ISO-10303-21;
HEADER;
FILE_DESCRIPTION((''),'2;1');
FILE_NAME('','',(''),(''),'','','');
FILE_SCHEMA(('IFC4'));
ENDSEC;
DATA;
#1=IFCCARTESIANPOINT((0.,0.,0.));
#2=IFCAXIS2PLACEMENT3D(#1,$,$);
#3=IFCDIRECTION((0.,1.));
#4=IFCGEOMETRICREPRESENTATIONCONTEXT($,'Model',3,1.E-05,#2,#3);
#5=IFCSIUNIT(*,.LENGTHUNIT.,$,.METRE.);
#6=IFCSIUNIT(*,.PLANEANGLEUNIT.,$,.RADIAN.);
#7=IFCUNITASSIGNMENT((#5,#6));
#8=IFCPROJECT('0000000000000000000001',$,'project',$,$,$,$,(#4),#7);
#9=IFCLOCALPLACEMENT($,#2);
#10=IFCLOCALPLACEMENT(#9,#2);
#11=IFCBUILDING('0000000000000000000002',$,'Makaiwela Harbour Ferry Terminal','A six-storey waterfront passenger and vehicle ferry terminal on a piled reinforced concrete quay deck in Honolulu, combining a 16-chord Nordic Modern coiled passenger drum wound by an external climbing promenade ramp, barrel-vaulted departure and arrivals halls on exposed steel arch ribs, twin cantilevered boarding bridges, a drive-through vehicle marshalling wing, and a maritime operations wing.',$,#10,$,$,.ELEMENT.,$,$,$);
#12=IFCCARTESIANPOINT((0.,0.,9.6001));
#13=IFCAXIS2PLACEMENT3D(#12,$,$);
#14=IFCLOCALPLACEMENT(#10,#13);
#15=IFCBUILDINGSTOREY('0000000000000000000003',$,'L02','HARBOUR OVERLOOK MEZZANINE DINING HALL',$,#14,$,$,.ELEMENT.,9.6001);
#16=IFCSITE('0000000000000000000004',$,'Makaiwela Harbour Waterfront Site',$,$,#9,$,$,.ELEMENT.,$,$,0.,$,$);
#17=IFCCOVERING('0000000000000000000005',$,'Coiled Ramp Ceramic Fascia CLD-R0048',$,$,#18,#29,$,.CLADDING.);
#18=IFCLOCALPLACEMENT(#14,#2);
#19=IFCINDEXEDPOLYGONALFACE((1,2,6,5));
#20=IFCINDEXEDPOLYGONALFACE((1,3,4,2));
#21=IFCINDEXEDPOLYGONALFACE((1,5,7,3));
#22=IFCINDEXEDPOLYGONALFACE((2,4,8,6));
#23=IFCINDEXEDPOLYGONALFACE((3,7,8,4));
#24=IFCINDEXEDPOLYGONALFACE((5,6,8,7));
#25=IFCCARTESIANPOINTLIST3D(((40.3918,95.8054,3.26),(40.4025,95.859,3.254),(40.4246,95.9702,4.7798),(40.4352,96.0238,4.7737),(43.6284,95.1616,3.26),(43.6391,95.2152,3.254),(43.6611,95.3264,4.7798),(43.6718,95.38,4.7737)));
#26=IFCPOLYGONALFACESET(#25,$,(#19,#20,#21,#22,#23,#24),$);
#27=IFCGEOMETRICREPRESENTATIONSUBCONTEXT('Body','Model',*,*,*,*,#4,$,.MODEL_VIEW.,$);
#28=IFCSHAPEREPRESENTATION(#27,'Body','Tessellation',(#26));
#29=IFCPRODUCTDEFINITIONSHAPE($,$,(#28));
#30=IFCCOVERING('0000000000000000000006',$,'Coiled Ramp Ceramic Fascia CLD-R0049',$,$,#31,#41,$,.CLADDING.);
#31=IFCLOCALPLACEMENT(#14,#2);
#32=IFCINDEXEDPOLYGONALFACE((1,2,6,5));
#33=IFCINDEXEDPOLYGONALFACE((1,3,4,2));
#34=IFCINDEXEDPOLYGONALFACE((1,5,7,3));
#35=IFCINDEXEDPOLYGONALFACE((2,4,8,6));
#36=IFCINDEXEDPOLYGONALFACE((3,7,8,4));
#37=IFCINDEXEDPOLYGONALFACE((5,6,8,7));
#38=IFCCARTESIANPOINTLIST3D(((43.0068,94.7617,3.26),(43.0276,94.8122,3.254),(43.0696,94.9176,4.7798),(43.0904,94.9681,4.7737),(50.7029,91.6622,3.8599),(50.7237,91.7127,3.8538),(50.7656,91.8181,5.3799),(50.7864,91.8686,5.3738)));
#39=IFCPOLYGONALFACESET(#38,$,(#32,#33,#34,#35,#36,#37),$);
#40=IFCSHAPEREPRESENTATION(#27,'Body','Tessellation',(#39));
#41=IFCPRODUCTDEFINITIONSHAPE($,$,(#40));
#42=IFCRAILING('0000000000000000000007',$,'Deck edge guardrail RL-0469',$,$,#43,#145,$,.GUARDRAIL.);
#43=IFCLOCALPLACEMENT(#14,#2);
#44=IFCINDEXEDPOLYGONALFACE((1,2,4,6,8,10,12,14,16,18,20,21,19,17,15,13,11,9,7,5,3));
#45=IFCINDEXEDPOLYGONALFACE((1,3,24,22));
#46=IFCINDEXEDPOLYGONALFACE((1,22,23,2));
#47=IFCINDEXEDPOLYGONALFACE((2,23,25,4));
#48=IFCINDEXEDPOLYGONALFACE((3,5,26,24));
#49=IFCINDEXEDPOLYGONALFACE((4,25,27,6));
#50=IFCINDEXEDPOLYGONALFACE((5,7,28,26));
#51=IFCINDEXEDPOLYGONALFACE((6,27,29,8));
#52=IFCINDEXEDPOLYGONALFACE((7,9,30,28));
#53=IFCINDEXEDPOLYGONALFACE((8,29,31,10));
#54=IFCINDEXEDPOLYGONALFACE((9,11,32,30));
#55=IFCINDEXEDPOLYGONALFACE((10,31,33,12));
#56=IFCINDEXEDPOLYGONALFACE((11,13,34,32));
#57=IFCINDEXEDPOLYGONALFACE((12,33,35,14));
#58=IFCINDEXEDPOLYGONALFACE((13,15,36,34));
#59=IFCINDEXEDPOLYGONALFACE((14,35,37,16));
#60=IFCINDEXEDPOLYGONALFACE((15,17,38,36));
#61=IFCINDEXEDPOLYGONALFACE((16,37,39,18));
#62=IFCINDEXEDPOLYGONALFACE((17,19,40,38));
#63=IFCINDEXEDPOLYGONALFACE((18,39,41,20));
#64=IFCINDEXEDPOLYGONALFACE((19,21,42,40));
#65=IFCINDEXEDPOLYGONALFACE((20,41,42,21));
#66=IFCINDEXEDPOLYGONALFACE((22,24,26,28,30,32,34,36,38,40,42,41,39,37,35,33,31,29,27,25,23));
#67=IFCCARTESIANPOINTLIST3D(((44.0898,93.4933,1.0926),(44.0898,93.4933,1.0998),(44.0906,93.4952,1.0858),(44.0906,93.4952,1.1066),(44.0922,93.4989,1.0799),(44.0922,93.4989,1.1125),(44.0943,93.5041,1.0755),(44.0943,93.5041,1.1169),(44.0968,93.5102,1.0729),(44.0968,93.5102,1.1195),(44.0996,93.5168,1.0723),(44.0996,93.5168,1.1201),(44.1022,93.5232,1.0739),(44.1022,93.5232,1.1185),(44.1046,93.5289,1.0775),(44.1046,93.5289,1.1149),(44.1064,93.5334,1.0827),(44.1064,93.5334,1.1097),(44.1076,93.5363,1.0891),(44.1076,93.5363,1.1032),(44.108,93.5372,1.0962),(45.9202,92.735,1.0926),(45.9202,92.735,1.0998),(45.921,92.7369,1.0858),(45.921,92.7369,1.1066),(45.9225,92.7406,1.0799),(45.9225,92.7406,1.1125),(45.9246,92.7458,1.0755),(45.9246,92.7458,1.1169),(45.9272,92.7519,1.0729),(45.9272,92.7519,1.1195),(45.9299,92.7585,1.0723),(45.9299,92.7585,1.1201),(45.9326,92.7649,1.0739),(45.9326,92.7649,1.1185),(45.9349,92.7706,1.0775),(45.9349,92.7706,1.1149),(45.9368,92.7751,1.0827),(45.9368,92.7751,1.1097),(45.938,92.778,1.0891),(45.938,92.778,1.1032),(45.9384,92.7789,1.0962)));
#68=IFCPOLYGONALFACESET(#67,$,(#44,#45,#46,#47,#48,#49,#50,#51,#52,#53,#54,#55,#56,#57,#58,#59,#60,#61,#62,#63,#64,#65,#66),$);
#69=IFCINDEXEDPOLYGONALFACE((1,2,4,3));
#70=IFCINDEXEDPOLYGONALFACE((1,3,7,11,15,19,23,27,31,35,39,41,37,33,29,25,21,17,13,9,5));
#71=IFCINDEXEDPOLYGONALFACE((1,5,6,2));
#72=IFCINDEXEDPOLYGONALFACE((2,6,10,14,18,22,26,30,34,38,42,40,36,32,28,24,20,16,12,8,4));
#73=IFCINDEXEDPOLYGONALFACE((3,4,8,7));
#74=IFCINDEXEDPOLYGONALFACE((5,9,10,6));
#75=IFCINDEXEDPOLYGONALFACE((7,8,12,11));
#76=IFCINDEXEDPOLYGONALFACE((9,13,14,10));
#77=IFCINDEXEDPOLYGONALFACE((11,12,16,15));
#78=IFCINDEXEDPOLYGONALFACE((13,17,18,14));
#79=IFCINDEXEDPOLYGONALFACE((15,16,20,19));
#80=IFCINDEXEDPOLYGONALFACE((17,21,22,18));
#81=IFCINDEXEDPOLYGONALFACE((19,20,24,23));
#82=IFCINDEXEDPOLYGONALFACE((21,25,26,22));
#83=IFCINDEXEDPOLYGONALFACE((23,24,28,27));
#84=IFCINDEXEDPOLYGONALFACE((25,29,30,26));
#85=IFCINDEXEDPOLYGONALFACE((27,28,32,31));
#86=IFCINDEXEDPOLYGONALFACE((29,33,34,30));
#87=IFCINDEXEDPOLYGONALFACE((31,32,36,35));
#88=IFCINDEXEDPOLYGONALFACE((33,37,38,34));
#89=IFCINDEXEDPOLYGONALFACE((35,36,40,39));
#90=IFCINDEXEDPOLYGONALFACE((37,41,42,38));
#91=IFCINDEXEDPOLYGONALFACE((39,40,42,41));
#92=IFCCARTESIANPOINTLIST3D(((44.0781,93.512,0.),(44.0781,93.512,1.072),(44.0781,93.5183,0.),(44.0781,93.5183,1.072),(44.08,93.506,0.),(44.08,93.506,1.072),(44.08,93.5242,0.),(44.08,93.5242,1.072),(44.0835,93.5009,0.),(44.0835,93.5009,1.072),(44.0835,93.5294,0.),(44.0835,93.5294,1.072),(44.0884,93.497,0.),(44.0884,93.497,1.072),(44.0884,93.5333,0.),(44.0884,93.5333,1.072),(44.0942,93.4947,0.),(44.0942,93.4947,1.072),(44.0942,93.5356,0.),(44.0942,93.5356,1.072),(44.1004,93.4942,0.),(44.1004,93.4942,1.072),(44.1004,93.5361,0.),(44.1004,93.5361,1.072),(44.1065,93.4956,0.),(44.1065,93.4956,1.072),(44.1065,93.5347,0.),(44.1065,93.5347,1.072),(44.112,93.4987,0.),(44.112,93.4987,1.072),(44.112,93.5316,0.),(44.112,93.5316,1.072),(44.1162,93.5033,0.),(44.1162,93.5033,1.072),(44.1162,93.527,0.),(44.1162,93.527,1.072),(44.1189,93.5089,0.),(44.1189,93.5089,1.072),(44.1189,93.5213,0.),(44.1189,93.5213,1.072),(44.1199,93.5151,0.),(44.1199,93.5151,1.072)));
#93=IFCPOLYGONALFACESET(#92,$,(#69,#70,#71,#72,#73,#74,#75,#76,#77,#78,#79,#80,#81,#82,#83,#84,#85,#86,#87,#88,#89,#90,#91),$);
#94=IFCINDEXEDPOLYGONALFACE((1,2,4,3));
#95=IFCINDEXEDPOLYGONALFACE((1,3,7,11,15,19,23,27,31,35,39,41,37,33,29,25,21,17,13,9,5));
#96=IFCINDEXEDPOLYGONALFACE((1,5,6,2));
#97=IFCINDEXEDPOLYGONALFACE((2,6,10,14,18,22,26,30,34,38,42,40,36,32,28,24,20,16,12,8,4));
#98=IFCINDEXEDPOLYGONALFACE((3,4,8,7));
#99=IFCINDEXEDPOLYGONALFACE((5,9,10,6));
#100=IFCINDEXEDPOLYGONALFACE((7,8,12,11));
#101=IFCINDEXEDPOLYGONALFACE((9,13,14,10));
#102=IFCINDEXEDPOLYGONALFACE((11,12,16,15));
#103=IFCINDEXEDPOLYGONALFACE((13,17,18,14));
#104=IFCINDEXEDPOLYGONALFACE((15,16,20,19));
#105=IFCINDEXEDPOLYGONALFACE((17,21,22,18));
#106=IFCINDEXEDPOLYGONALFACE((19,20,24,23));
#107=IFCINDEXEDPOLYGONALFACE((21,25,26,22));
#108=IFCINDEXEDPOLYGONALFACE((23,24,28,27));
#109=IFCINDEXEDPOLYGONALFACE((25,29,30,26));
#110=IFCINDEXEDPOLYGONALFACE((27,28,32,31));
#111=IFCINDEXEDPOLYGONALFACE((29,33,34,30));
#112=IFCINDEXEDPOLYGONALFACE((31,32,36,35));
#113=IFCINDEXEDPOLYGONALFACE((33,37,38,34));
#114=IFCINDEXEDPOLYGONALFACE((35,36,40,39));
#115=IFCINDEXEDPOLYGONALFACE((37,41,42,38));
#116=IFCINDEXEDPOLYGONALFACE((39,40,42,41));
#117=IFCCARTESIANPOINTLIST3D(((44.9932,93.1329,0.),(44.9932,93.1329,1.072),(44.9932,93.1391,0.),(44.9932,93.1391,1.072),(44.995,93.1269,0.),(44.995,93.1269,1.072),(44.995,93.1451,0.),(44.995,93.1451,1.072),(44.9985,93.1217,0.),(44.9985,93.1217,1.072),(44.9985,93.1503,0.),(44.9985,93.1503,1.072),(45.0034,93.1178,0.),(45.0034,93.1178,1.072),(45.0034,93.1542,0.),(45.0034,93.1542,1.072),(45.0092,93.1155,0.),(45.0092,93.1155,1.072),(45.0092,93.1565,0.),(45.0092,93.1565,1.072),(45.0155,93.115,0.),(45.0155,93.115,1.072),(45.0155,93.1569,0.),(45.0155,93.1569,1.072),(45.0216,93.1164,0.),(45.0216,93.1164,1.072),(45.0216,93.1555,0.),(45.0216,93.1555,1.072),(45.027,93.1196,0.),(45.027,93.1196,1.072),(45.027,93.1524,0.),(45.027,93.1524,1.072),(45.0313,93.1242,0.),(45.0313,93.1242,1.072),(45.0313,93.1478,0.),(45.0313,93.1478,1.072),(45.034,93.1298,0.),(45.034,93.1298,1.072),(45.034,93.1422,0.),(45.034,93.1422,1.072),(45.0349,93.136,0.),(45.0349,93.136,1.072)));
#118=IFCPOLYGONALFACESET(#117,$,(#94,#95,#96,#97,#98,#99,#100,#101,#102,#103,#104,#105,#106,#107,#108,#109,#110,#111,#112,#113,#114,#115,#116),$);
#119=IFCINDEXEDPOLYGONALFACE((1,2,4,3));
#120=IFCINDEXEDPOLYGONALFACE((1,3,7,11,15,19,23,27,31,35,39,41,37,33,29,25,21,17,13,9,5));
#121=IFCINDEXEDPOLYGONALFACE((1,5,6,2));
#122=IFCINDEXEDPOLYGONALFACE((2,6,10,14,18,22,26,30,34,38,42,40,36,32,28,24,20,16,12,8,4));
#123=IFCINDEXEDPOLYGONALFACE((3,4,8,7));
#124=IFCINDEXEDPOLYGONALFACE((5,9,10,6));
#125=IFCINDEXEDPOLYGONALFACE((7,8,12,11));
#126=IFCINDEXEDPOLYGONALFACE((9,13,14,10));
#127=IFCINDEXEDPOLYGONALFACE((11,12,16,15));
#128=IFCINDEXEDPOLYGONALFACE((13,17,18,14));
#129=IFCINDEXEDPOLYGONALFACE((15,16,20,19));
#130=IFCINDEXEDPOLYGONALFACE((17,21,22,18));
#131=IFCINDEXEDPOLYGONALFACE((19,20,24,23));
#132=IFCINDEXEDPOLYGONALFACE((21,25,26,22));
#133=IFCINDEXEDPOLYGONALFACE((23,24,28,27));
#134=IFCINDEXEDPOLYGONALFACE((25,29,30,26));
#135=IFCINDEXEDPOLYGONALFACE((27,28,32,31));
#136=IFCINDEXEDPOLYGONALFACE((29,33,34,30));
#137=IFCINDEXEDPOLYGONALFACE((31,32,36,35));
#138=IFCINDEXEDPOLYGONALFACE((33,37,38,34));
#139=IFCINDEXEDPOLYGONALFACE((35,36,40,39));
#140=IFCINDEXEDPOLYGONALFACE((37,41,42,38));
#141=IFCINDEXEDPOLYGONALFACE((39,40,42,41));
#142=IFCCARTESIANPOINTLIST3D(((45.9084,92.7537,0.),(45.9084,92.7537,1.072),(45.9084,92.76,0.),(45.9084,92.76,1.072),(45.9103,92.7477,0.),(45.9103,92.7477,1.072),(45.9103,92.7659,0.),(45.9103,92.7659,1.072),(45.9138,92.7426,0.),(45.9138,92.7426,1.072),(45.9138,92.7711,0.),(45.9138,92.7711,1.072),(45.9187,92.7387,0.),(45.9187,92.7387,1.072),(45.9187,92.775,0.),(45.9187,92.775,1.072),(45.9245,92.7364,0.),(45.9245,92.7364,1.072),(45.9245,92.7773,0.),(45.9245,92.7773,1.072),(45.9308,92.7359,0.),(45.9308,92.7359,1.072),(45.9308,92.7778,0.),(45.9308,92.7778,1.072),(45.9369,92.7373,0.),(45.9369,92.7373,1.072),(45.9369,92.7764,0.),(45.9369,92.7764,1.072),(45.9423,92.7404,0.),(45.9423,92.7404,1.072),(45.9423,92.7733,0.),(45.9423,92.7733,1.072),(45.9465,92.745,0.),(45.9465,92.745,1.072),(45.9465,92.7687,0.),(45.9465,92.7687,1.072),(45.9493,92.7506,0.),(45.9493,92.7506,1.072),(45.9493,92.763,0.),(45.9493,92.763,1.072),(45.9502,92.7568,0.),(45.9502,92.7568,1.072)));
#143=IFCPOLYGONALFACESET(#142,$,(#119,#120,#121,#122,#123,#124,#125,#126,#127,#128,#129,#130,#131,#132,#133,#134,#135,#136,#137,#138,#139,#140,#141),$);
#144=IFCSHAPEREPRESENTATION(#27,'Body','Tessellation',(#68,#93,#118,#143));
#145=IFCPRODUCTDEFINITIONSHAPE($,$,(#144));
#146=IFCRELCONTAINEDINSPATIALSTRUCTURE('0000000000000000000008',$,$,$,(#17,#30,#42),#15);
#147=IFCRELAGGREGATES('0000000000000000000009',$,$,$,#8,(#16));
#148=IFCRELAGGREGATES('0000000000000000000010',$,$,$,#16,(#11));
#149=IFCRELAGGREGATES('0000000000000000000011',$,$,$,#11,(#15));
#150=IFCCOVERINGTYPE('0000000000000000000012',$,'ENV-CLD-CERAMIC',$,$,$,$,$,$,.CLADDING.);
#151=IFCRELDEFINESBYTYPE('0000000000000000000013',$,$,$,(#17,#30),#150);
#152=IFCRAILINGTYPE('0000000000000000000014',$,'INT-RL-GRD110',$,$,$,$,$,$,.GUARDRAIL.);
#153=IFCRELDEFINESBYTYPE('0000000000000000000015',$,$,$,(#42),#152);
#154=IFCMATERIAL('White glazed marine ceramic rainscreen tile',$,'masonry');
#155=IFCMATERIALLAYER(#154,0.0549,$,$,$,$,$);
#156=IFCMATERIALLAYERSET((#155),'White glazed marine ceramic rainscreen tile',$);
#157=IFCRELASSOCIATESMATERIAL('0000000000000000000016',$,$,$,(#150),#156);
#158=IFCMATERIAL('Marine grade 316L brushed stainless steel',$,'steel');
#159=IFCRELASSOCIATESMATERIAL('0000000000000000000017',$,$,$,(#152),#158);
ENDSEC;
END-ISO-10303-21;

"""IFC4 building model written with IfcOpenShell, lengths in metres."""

from ifc_helpers import new_model, si_unit, direction, frame, origin, origin_2d, place, context, subcontext, project, spatial, polyline, circle, outline, extrude, material, layer, layer_set, type_object, element, save


model = new_model("IFC4")

# Units and contexts
model_context = context("Model", 3, precision=1e-05, world=origin(), true_north=direction((0.0, 1.0)))
body_context = subcontext(model_context, "Body", "Model", "MODEL_VIEW")
ifc_project = project(units=[si_unit("LENGTHUNIT", "METRE"), si_unit("PLANEANGLEUNIT", "RADIAN")], contexts=[model_context])

# Site, building, storey
site_placement = place(None, origin())
site = spatial("IfcSite", under=ifc_project, at=site_placement, Name="Makaiwela Harbour Waterfront Site", CompositionType="ELEMENT", RefElevation=0.0)
building_placement = place(site_placement, origin())
building = spatial("IfcBuilding", under=site, at=building_placement, Name="Makaiwela Harbour Ferry Terminal", Description="A six-storey waterfront passenger and vehicle ferry terminal on a piled reinforced concrete quay deck in Honolulu, combining a 16-chord Nordic Modern coiled passenger drum wound by an external climbing promenade ramp, barrel-vaulted departure and arrivals halls on exposed steel arch ribs, twin cantilevered boarding bridges, a drive-through vehicle marshalling wing, and a maritime operations wing.", CompositionType="ELEMENT")
storey_placement = place(building_placement, frame((0.0, 0.0, 9.6001)))
storey = spatial("IfcBuildingStorey", under=building, at=storey_placement, Name="L02", Description="HARBOUR OVERLOOK MEZZANINE DINING HALL", CompositionType="ELEMENT", Elevation=9.6001)

# Coverings
ifc_material_1 = material(Name="White glazed marine ceramic rainscreen tile", Category="masonry")
ifc_layer_1 = layer(ifc_material_1, 0.0549)
ifc_layer_set_1 = layer_set([ifc_layer_1], Name="White glazed marine ceramic rainscreen tile")
covering_type = type_object("IfcCoveringType", Name="ENV-CLD-CERAMIC", PredefinedType="CLADDING", material=ifc_layer_set_1)
covering_1_placement = place(storey_placement, frame((43.6284, 95.1616, 3.26), z_axis=(-0.19391, -0.974846, 0.10988), x_axis=(-0.980785, 0.195092, 0.0)))
element("IfcCovering", 1, at=covering_1_placement, inside=storey, type_object=covering_type, Name="Coiled Ramp Ceramic Fascia CLD-R0048", PredefinedType="CLADDING", context=body_context, shape_type="SweptSolid", body=[
    extrude(outline(polyline([(0.0, 0.0), (3.3, 0.0), (3.3, -1.529), (0.0001, -1.529), (0.0, 0.0)])), origin(), (0.0, 0.0, -1.0), 0.0549),
])
covering_2_placement = place(storey_placement, frame((43.0068, 94.7617, 3.26), z_axis=(-0.378676, -0.918983, 0.109885), x_axis=(0.925183, -0.372608, 0.07211)))
element("IfcCovering", 2, at=covering_2_placement, inside=storey, type_object=covering_type, Name="Coiled Ramp Ceramic Fascia CLD-R0049", PredefinedType="CLADDING", context=body_context, shape_type="SweptSolid", body=[
    extrude(outline(polyline([(0.0, 0.0), (8.3184, 0.0), (8.428, 1.5254), (0.1096, 1.5251), (0.0, 0.0)])), origin(), (0.0, 0.0, -1.0), 0.0549),
])

# Railing
ifc_material_2 = material(Name="Marine grade 316L brushed stainless steel", Category="steel")
railing_type_1 = type_object("IfcRailingType", Name="INT-RL-GRD110", PredefinedType="GUARDRAIL", material=ifc_material_2)
railing_1_placement = place(storey_placement, frame((44.0989, 93.5151, 0.0)))
element("IfcRailing", 3, at=railing_1_placement, inside=storey, type_object=railing_type_1, Name="Deck edge guardrail RL-0469", PredefinedType="GUARDRAIL", context=body_context, shape_type="SweptSolid", body=[
    extrude(circle(Radius=0.0239, at=origin_2d()), frame((0.0, 0.0, 1.0962), z_axis=(0.923852, -0.382751, 0.0), x_axis=(0.382751, 0.923852, 0.0)), (0.0, 0.0, 1.0), 1.9812),
    extrude(circle(Radius=0.021, at=origin_2d()), origin(), (0.0, 0.0, 1.0), 1.072),
    extrude(circle(Radius=0.021, at=origin_2d()), frame((0.915, -0.3792, 0.0)), (0.0, 0.0, 1.0), 1.072),
    extrude(circle(Radius=0.021, at=origin_2d()), frame((1.8303, -0.7583, 0.0)), (0.0, 0.0, 1.0), 1.072),
])

save(model, "model.ifc")
